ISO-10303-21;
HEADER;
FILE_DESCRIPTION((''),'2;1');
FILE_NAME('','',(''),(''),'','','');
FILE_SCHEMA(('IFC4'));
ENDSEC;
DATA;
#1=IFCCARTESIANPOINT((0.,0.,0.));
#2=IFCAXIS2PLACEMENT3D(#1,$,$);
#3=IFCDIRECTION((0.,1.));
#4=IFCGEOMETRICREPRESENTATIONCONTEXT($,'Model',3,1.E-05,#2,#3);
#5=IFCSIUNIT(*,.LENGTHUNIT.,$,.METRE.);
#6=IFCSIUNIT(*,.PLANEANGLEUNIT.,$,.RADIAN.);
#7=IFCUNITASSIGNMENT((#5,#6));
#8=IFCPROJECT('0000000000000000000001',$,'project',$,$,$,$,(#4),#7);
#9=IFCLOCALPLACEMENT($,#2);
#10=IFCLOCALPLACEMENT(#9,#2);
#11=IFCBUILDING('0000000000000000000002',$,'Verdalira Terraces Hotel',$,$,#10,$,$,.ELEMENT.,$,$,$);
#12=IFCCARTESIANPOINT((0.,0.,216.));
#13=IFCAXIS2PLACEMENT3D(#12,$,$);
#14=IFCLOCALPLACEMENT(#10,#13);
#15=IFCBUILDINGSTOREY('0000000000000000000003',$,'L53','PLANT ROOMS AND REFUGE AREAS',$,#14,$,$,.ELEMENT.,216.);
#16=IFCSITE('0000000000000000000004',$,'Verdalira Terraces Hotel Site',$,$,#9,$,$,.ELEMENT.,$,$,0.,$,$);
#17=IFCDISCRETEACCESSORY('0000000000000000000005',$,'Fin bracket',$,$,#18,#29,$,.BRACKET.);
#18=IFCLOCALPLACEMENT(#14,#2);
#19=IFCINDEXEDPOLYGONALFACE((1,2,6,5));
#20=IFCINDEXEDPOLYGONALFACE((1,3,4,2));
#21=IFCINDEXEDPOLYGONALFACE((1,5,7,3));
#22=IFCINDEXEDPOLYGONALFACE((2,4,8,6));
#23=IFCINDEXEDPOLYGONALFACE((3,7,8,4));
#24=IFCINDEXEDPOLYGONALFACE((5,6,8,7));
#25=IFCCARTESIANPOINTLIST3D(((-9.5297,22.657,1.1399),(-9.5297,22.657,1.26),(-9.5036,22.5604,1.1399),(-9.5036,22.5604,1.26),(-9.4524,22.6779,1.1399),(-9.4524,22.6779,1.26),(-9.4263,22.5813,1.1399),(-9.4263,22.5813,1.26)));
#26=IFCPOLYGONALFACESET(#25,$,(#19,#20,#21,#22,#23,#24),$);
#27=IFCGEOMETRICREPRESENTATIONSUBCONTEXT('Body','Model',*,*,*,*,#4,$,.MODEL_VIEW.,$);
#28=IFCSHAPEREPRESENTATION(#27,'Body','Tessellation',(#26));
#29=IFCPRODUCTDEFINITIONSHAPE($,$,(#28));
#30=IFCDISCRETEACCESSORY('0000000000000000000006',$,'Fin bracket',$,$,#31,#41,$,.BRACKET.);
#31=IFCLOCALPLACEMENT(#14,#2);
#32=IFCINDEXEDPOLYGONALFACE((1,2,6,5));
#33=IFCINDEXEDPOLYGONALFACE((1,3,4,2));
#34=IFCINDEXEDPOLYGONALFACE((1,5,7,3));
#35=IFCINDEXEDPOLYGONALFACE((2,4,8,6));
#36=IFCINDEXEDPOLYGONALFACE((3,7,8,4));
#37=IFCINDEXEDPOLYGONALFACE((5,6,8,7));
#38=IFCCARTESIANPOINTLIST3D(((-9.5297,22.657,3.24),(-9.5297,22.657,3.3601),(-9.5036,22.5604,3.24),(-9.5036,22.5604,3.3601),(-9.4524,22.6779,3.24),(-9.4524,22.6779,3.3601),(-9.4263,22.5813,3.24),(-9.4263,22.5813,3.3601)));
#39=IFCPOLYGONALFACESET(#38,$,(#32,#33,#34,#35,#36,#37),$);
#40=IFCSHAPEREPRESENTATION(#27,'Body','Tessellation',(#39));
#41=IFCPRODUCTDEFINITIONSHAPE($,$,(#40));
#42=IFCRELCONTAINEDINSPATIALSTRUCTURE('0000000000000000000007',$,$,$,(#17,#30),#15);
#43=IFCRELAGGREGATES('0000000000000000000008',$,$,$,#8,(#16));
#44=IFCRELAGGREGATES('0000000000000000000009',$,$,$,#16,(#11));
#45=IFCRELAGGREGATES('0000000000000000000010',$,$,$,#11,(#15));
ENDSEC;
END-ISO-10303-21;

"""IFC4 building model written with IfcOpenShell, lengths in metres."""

from ifc_helpers import new_model, si_unit, direction, frame, origin, origin_2d, place, context, subcontext, project, spatial, rectangle, extrude, element, save


model = new_model("IFC4")

# Units and contexts
model_context = context("Model", 3, precision=1e-05, world=origin(), true_north=direction((0.0, 1.0)))
body_context = subcontext(model_context, "Body", "Model", "MODEL_VIEW")
ifc_project = project(units=[si_unit("LENGTHUNIT", "METRE"), si_unit("PLANEANGLEUNIT", "RADIAN")], contexts=[model_context])

# Site, building, storey
site_placement = place(None, origin())
site = spatial("IfcSite", under=ifc_project, at=site_placement, Name="Verdalira Terraces Hotel Site", CompositionType="ELEMENT", RefElevation=0.0)
building_placement = place(site_placement, origin())
building = spatial("IfcBuilding", under=site, at=building_placement, Name="Verdalira Terraces Hotel", CompositionType="ELEMENT")
storey_placement = place(building_placement, frame((0.0, 0.0, 216.0)))
storey = spatial("IfcBuildingStorey", under=building, at=storey_placement, Name="L53", Description="PLANT ROOMS AND REFUGE AREAS", CompositionType="ELEMENT", Elevation=216.0)

# Discrete accessories
for number, where, z_axis, x_axis, name in (
    (1, (-9.478, 22.6191, 1.1399), (0.0, 0.0, 1.0), (-0.965382, -0.260842, 0.0), "Fin bracket"),
    (2, (-9.478, 22.6191, 3.24), (0.0, 0.0, 1.0), (-0.965382, -0.260842, 0.0), "Fin bracket"),
):
    element("IfcDiscreteAccessory", number, at=place(storey_placement, frame(where, z_axis=z_axis, x_axis=x_axis)), inside=storey, Name=name, PredefinedType="BRACKET", context=body_context, shape_type="SweptSolid", body=[
        extrude(rectangle(XDim=0.0801, YDim=0.1001, at=origin_2d()), origin(), (0.0, 0.0, 1.0), 0.1201),
    ])

save(model, "model.ifc")
